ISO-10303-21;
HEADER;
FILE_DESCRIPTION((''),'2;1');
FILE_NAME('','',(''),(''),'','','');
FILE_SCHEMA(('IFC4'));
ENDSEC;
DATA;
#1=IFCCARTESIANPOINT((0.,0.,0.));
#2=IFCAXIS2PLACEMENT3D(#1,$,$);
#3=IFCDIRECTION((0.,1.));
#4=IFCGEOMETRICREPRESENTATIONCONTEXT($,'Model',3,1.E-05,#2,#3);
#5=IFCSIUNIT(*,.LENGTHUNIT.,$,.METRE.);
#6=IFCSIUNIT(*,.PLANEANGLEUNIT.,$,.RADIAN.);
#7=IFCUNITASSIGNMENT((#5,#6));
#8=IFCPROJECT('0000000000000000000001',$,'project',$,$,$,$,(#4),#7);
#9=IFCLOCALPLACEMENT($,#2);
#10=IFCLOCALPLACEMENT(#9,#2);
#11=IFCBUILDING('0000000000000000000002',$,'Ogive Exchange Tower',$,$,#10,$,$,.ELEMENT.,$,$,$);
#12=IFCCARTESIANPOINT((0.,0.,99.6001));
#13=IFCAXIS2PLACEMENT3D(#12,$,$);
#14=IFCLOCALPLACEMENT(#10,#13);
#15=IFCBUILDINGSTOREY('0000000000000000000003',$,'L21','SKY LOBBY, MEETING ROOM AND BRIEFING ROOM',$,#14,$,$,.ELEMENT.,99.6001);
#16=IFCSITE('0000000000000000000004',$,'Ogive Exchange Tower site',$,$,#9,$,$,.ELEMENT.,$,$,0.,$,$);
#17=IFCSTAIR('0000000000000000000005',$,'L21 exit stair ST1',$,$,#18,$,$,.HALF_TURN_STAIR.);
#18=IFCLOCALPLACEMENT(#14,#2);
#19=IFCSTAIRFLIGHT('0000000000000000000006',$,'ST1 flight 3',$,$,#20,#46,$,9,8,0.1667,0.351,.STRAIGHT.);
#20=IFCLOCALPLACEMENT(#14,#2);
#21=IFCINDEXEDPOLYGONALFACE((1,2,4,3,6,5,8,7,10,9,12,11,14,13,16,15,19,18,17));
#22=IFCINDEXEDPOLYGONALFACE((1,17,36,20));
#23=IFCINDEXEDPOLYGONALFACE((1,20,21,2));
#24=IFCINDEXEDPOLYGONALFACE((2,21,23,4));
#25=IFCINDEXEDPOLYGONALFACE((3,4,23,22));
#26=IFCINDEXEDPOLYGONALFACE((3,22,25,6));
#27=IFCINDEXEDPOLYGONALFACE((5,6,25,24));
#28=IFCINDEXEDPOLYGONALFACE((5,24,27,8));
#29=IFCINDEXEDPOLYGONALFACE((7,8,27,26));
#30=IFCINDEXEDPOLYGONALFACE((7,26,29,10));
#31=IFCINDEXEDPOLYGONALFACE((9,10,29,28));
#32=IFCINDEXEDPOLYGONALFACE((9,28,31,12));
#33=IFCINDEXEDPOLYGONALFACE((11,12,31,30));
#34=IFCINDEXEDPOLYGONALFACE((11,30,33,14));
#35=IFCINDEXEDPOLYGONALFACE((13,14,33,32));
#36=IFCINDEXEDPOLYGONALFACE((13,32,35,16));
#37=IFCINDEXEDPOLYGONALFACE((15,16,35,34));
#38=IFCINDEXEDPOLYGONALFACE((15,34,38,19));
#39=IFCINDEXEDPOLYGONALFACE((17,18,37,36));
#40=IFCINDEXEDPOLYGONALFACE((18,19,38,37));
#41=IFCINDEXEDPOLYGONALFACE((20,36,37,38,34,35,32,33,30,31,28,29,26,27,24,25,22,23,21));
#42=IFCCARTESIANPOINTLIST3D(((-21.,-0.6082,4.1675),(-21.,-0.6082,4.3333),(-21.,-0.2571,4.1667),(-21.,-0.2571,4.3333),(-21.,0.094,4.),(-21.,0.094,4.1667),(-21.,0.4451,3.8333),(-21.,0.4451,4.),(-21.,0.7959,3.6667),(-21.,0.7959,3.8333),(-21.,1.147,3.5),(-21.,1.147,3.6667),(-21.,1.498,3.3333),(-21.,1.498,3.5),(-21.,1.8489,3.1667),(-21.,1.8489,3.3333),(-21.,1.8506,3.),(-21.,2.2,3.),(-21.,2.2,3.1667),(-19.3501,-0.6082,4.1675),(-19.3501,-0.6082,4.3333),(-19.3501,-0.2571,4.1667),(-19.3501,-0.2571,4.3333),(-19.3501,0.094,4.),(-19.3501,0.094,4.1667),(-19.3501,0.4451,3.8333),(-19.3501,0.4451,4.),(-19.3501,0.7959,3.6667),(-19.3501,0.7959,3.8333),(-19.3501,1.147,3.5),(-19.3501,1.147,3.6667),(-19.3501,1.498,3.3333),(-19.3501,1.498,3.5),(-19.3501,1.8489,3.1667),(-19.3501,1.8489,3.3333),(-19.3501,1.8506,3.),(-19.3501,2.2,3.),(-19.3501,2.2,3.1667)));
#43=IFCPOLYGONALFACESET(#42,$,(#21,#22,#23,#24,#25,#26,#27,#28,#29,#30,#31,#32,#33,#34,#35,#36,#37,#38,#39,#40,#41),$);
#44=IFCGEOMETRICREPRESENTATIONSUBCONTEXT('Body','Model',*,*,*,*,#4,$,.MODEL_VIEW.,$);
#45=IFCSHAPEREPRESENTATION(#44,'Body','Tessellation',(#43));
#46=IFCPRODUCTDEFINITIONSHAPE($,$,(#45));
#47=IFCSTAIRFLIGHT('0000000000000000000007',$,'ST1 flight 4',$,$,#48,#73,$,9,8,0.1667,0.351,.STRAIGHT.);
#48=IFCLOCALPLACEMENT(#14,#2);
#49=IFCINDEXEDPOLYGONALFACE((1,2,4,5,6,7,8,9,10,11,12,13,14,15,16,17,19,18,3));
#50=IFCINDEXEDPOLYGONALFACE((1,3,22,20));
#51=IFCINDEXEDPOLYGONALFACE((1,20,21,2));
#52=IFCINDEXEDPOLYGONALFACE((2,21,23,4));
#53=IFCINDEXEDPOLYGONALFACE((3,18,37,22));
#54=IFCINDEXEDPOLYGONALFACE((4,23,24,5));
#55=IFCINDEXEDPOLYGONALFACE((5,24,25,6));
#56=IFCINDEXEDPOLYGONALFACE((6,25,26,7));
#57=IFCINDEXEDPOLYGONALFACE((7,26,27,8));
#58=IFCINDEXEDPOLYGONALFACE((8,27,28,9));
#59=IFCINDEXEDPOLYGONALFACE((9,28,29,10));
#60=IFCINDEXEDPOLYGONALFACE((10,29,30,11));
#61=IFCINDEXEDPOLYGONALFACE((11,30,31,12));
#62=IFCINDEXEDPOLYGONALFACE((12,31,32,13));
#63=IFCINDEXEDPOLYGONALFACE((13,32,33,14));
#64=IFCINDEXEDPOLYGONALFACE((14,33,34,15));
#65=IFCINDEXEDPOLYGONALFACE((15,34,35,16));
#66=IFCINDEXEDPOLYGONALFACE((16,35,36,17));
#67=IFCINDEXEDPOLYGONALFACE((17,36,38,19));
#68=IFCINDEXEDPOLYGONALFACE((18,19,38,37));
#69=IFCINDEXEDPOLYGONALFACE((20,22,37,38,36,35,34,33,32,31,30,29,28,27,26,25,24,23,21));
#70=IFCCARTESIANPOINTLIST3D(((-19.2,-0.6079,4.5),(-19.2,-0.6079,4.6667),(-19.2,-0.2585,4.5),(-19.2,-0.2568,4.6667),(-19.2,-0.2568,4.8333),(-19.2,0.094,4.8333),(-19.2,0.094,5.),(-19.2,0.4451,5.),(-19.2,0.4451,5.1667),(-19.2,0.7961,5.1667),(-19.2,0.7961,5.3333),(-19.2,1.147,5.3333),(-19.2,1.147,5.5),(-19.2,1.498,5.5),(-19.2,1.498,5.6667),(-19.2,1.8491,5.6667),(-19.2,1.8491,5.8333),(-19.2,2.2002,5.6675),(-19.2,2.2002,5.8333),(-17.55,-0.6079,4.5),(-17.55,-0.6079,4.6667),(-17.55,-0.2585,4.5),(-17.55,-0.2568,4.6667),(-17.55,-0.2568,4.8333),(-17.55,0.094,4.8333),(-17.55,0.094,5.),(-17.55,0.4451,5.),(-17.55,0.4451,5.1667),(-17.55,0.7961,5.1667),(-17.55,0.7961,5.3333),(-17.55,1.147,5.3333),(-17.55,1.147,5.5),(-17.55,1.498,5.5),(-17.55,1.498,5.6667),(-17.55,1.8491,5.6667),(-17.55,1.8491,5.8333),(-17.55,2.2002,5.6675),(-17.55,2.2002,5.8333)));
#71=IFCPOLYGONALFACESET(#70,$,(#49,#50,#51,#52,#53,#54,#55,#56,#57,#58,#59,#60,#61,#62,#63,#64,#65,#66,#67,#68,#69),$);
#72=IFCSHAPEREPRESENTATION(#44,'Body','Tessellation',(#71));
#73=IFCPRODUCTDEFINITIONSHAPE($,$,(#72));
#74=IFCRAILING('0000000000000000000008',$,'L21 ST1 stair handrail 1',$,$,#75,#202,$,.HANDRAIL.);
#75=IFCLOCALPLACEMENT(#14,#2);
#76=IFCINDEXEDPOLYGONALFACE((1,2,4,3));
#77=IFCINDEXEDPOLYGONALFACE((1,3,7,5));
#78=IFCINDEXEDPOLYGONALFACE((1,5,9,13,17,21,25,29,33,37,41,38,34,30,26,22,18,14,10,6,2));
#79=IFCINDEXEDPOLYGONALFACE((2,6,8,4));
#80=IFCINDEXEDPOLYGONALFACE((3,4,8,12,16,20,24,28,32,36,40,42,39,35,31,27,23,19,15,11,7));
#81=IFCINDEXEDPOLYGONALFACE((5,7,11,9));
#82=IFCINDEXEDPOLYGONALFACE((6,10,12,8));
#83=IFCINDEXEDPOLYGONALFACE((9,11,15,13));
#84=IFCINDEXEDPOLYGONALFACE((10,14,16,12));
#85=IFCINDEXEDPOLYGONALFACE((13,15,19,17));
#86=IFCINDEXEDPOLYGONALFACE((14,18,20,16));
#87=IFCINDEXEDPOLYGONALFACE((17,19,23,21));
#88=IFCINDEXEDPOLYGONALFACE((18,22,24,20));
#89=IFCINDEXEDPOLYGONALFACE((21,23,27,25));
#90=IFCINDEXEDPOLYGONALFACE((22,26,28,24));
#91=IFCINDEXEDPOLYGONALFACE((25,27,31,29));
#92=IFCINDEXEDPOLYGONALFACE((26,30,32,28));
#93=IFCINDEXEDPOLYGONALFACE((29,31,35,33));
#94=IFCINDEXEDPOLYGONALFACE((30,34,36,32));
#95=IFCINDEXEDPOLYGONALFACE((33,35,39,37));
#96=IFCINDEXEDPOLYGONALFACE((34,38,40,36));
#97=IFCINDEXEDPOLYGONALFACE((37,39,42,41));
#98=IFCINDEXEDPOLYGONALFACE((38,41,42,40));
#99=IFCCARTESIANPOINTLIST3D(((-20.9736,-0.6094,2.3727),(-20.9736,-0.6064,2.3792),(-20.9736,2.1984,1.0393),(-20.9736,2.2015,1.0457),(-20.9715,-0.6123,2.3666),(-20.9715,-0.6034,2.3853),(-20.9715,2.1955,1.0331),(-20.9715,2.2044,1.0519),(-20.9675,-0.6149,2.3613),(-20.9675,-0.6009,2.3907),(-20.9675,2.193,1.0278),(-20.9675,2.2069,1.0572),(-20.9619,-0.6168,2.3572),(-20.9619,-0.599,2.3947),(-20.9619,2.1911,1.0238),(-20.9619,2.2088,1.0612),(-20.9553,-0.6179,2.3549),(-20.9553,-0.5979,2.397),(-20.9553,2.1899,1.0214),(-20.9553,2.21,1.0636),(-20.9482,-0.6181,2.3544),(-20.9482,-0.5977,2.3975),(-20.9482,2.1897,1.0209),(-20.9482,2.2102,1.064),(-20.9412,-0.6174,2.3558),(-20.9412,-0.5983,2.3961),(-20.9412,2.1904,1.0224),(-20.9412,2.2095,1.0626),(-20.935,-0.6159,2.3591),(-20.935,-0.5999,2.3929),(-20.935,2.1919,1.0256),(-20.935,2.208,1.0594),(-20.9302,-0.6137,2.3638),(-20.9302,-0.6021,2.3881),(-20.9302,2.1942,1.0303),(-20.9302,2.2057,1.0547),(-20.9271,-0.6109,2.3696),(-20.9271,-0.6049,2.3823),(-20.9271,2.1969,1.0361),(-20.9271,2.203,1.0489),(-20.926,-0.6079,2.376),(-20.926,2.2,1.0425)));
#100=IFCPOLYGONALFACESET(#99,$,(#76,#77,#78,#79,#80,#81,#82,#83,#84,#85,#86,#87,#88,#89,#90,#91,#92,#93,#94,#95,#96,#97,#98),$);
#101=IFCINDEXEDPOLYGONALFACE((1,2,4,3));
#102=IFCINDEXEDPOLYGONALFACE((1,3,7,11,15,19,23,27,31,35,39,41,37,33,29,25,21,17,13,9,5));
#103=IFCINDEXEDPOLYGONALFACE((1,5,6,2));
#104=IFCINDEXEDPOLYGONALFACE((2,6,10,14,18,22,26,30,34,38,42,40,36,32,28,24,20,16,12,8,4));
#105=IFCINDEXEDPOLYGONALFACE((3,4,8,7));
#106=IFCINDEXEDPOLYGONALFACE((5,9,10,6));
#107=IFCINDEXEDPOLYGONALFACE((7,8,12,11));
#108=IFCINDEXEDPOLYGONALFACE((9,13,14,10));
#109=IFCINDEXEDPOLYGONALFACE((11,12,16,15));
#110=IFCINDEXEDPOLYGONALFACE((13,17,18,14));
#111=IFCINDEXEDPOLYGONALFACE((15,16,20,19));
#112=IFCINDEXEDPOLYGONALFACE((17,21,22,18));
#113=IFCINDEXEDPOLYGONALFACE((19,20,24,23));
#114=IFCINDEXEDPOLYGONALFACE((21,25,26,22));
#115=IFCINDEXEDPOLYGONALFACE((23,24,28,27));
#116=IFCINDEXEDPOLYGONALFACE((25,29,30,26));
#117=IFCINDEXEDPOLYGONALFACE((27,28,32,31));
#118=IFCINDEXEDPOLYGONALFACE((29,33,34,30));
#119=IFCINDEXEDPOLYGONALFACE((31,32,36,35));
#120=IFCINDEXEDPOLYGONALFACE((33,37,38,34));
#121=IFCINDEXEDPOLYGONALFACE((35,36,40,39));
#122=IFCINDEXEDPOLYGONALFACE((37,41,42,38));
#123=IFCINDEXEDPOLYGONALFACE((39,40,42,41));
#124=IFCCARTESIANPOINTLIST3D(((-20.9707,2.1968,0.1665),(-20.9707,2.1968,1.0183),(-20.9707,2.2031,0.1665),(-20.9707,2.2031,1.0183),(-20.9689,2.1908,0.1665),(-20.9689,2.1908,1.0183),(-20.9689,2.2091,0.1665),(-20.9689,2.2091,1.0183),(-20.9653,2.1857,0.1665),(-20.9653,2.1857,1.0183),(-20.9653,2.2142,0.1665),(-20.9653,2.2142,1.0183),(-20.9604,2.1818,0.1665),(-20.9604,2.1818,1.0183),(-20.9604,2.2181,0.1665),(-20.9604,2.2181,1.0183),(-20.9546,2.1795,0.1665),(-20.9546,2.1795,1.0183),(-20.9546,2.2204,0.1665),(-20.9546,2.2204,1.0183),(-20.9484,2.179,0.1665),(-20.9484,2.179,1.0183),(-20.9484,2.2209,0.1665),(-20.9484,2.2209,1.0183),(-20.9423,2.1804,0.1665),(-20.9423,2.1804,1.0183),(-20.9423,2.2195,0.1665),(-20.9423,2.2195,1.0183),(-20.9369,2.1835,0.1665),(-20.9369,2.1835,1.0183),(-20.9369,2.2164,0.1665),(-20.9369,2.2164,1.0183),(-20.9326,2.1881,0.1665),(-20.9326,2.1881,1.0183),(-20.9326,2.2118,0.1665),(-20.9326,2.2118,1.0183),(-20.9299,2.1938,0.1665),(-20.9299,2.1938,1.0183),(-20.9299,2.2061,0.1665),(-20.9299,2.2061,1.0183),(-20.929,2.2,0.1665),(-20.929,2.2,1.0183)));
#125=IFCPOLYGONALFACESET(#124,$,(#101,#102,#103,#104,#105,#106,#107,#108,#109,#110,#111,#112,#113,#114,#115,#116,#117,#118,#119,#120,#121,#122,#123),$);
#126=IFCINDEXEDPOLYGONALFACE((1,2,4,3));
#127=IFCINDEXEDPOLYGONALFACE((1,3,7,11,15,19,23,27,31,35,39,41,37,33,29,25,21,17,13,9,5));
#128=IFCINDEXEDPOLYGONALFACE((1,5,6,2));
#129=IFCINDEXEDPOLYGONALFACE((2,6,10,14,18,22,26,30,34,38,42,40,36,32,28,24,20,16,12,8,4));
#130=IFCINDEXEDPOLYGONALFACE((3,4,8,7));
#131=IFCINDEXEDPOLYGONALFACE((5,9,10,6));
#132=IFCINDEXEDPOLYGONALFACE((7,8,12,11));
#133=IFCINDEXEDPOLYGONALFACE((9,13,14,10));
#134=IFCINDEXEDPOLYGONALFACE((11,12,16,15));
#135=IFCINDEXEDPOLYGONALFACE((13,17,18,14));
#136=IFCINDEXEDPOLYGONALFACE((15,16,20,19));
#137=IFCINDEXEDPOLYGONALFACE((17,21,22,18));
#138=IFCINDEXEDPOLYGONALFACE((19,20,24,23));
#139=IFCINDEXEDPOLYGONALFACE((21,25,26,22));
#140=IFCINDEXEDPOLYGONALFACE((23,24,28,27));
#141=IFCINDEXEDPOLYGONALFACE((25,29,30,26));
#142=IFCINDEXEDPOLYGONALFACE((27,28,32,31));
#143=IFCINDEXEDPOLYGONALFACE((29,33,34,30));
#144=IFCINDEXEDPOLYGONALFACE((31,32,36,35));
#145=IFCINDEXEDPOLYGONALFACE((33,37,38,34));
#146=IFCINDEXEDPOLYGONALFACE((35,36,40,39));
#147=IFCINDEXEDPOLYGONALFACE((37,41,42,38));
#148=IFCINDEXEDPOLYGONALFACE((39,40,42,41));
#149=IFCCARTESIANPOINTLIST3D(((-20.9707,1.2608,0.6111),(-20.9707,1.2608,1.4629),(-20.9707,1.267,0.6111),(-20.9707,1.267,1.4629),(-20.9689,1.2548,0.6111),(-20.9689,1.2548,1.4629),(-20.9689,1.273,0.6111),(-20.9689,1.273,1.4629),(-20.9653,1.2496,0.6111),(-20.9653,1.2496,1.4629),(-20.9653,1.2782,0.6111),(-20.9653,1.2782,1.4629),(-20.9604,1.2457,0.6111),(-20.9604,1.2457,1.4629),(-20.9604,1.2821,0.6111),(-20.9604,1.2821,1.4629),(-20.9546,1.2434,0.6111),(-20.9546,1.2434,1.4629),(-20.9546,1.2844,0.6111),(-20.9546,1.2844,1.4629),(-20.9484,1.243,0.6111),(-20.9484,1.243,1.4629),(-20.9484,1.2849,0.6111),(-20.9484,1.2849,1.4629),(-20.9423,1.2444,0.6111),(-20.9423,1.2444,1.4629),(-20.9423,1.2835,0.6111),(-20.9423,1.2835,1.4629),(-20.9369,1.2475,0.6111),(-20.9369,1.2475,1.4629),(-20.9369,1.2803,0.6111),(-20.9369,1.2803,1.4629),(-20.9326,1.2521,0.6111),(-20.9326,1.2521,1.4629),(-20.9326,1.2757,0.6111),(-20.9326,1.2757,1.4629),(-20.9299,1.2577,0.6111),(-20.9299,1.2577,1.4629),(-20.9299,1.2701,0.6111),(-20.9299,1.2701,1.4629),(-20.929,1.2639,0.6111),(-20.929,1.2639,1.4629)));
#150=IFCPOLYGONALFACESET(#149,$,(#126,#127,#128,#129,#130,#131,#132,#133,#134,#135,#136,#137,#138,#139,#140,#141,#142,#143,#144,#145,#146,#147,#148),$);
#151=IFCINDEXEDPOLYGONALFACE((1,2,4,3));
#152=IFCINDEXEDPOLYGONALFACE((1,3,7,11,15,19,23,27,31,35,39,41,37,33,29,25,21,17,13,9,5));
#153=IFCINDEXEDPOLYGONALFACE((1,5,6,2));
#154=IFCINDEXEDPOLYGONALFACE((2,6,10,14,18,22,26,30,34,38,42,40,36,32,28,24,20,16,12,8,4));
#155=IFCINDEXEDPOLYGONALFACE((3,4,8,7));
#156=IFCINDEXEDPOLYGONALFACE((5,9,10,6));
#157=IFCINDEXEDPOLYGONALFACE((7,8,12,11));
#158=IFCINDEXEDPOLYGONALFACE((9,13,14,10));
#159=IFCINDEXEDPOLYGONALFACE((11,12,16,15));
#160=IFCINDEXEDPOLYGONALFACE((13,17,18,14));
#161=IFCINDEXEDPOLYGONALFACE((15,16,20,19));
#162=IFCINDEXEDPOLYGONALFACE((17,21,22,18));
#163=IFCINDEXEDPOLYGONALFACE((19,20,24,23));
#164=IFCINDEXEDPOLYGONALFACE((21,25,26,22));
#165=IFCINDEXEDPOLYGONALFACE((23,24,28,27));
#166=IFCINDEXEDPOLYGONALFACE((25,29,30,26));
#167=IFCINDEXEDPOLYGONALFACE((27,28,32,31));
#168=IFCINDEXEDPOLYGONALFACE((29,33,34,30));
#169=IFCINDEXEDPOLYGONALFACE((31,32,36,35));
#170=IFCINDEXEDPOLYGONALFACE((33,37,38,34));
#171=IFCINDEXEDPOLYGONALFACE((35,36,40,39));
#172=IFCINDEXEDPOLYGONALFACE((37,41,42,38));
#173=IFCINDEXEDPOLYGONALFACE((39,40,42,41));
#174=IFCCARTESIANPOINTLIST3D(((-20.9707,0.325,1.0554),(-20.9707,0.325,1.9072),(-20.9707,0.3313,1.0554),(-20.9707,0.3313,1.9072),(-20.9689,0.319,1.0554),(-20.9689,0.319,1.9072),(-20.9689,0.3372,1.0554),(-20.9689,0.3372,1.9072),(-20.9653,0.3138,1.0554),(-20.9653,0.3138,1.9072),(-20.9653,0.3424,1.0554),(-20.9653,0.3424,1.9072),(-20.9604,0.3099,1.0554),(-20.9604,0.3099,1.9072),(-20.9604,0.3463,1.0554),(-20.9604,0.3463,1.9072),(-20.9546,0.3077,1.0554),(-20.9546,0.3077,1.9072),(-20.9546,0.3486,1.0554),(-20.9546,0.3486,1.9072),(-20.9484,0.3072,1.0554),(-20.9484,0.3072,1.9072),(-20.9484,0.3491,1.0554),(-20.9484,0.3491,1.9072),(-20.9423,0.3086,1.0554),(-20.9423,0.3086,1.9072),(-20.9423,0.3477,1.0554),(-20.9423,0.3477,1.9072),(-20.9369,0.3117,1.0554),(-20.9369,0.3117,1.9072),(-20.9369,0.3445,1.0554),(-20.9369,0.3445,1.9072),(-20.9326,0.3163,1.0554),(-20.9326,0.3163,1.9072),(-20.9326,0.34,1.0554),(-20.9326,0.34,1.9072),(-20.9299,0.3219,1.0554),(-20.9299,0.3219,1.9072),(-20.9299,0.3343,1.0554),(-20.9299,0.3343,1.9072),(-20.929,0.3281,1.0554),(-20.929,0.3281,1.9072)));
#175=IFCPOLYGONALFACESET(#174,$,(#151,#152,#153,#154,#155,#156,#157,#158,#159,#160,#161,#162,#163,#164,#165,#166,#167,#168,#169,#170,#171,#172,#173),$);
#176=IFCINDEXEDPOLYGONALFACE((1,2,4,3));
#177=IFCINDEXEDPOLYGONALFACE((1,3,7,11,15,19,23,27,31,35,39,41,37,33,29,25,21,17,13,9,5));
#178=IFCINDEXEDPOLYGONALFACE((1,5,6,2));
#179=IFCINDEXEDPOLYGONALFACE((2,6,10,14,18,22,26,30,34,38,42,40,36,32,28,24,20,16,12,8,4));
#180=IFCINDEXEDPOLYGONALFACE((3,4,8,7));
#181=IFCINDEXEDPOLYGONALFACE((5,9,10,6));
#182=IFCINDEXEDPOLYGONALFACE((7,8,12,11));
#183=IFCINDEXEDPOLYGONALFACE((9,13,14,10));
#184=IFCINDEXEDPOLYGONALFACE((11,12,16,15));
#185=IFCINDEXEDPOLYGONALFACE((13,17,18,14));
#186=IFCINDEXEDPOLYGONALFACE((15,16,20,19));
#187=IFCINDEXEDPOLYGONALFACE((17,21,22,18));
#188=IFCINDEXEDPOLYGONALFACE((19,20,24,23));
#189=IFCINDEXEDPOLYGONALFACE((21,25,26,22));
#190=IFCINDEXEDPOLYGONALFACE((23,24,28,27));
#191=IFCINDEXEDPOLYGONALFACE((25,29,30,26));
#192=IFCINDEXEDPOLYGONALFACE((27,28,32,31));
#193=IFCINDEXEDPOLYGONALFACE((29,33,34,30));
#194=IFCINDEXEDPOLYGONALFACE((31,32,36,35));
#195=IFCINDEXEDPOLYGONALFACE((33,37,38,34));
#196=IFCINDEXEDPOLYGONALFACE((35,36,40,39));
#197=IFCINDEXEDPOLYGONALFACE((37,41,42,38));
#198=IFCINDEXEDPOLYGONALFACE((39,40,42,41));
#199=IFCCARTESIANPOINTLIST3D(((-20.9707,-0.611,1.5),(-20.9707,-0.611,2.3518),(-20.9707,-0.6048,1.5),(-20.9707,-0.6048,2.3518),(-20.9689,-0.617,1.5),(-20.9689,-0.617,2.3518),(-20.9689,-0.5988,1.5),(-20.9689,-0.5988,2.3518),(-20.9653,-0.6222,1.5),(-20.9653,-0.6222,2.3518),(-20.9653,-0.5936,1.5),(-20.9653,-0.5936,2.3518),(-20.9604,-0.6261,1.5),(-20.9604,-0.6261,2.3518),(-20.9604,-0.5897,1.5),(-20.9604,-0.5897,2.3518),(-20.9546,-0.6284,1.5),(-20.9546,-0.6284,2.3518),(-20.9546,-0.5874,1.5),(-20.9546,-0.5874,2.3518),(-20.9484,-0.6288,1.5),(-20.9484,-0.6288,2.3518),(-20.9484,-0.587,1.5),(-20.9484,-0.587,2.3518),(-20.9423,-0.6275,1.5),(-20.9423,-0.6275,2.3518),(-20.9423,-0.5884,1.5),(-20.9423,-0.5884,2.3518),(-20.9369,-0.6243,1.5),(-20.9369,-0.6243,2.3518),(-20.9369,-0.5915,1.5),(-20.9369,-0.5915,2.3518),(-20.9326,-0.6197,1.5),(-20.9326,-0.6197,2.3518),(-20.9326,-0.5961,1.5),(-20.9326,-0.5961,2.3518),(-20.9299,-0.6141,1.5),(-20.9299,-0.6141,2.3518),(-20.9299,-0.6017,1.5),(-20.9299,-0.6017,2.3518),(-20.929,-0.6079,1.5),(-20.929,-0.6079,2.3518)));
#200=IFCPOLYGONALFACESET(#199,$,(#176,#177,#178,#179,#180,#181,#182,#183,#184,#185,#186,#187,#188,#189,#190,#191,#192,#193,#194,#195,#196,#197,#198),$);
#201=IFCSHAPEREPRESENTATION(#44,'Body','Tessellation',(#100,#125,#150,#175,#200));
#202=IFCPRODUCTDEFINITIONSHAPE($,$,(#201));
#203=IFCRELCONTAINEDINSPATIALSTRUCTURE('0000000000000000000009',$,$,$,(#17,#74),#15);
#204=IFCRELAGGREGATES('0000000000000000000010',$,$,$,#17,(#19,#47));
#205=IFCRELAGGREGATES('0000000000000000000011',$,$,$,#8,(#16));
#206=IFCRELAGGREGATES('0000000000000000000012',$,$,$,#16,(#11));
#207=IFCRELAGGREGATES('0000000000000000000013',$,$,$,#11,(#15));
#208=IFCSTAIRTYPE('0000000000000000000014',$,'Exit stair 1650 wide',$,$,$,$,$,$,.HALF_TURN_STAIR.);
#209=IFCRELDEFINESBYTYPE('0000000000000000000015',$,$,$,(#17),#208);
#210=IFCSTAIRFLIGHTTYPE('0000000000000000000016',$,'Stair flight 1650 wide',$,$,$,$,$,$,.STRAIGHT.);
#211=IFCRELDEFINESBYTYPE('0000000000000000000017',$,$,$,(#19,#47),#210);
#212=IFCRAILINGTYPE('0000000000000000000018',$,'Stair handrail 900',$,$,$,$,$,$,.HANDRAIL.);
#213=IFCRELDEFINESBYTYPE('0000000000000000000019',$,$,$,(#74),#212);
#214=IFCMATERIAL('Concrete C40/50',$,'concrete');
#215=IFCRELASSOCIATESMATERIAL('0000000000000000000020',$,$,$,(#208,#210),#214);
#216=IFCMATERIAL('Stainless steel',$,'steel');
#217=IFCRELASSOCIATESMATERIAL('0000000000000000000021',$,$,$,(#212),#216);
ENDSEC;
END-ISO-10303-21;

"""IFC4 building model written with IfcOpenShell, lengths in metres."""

from ifc_helpers import new_model, si_unit, direction, frame, origin, origin_2d, place, context, subcontext, project, spatial, polyline, circle, outline, extrude, material, type_object, element, aggregate, save


model = new_model("IFC4")

# Units and contexts
model_context = context("Model", 3, precision=1e-05, world=origin(), true_north=direction((0.0, 1.0)))
body_context = subcontext(model_context, "Body", "Model", "MODEL_VIEW")
ifc_project = project(units=[si_unit("LENGTHUNIT", "METRE"), si_unit("PLANEANGLEUNIT", "RADIAN")], contexts=[model_context])

# Site, building, storey
site_placement = place(None, origin())
site = spatial("IfcSite", under=ifc_project, at=site_placement, Name="Ogive Exchange Tower site", CompositionType="ELEMENT", RefElevation=0.0)
building_placement = place(site_placement, origin())
building = spatial("IfcBuilding", under=site, at=building_placement, Name="Ogive Exchange Tower", CompositionType="ELEMENT")
storey_placement = place(building_placement, frame((0.0, 0.0, 99.6001)))
storey = spatial("IfcBuildingStorey", under=building, at=storey_placement, Name="L21", Description="SKY LOBBY, MEETING ROOM AND BRIEFING ROOM", CompositionType="ELEMENT", Elevation=99.6001)

# Stair, stair flights
ifc_material_1 = material(Name="Concrete C40/50", Category="concrete")
stair_type = type_object("IfcStairType", Name="Exit stair 1650 wide", PredefinedType="HALF_TURN_STAIR", material=ifc_material_1)
stair_placement = place(storey_placement, origin())
stair = element("IfcStair", 1, at=stair_placement, inside=storey, type_object=stair_type, Name="L21 exit stair ST1", PredefinedType="HALF_TURN_STAIR")
stair_flight_type = type_object("IfcStairFlightType", Name="Stair flight 1650 wide", PredefinedType="STRAIGHT", material=ifc_material_1)
stair_flight_1_placement = place(storey_placement, frame((-20.175, 2.2, 3.0), z_axis=(0.0, 0.0, 1.0), x_axis=(0.0, -1.0, 0.0)))
stair_flight_1 = element("IfcStairFlight", 2, at=stair_flight_1_placement, type_object=stair_flight_type, Name="ST1 flight 3", NumberOfRisers=9, NumberOfTreads=8, PredefinedType="STRAIGHT", RiserHeight=0.1667, TreadLength=0.351, context=body_context, shape_type="SweptSolid", body=[
    extrude(outline(polyline([(0.0, 0.0), (0.0, 0.1667), (0.3511, 0.1667), (0.3511, 0.3333), (0.7019, 0.3333), (0.7019, 0.5), (1.053, 0.5), (1.053, 0.6667), (1.4041, 0.6667), (1.4041, 0.8333), (1.7549, 0.8333), (1.7549, 1.0), (2.106, 1.0), (2.106, 1.1667), (2.457, 1.1667), (2.457, 1.3333), (2.8081, 1.3333), (2.8081, 1.5), (2.8081, 1.1675), (0.3494, 0.0), (0.0, 0.0)])), frame((0.0, 0.825, 0.0), z_axis=(0.0, -1.0, 0.0), x_axis=(1.0, 0.0, 0.0)), (0.0, 0.0, 1.0), 1.6499),
])
stair_flight_2_placement = place(storey_placement, frame((-18.375, -0.6079, 4.5), z_axis=(0.0, 0.0, 1.0), x_axis=(0.0, 1.0, 0.0)))
stair_flight_2 = element("IfcStairFlight", 3, at=stair_flight_2_placement, type_object=stair_flight_type, Name="ST1 flight 4", NumberOfRisers=9, NumberOfTreads=8, PredefinedType="STRAIGHT", RiserHeight=0.1667, TreadLength=0.351, context=body_context, shape_type="SweptSolid", body=[
    extrude(outline(polyline([(0.0, 0.0), (0.0, 0.1667), (0.3511, 0.1667), (0.3511, 0.3333), (0.7019, 0.3333), (0.7019, 0.5), (1.053, 0.5), (1.053, 0.6667), (1.4041, 0.6667), (1.4041, 0.8333), (1.7549, 0.8333), (1.7549, 1.0), (2.106, 1.0), (2.106, 1.1667), (2.457, 1.1667), (2.457, 1.3333), (2.8081, 1.3333), (2.8081, 1.5), (2.8081, 1.1675), (0.3494, 0.0), (0.0, 0.0)])), frame((0.0, 0.825, 0.0), z_axis=(0.0, -1.0, 0.0), x_axis=(1.0, 0.0, 0.0)), (0.0, 0.0, 1.0), 1.6499),
])
aggregate(stair, [stair_flight_1, stair_flight_2])

# Railing
ifc_material_2 = material(Name="Stainless steel", Category="steel")
railing_type = type_object("IfcRailingType", Name="Stair handrail 900", PredefinedType="HANDRAIL", material=ifc_material_2)
for number, where, name in (
    (4, (-20.95, 2.2, 0.1665), "L21 ST1 stair handrail 1"),
):
    element("IfcRailing", number, at=place(storey_placement, frame(where)), inside=storey, type_object=railing_type, Name=name, PredefinedType="HANDRAIL", context=body_context, shape_type="SweptSolid", body=[
        extrude(circle(Radius=0.0239, at=origin_2d()), frame((0.0, 0.0, 0.876), z_axis=(0.0, -0.903307, 0.428994), x_axis=(1.0, 0.0, 0.0)), (0.0, 0.0, 1.0), 3.1084),
        extrude(circle(Radius=0.021, at=origin_2d()), origin(), (0.0, 0.0, 1.0), 0.8518),
        extrude(circle(Radius=0.021, at=origin_2d()), frame((0.0, -0.936, 0.4446)), (0.0, 0.0, 1.0), 0.8518),
        extrude(circle(Radius=0.021, at=origin_2d()), frame((0.0, -1.8718, 0.8889)), (0.0, 0.0, 1.0), 0.8518),
        extrude(circle(Radius=0.021, at=origin_2d()), frame((0.0, -2.8079, 1.3335)), (0.0, 0.0, 1.0), 0.8518),
    ])

save(model, "model.ifc")
